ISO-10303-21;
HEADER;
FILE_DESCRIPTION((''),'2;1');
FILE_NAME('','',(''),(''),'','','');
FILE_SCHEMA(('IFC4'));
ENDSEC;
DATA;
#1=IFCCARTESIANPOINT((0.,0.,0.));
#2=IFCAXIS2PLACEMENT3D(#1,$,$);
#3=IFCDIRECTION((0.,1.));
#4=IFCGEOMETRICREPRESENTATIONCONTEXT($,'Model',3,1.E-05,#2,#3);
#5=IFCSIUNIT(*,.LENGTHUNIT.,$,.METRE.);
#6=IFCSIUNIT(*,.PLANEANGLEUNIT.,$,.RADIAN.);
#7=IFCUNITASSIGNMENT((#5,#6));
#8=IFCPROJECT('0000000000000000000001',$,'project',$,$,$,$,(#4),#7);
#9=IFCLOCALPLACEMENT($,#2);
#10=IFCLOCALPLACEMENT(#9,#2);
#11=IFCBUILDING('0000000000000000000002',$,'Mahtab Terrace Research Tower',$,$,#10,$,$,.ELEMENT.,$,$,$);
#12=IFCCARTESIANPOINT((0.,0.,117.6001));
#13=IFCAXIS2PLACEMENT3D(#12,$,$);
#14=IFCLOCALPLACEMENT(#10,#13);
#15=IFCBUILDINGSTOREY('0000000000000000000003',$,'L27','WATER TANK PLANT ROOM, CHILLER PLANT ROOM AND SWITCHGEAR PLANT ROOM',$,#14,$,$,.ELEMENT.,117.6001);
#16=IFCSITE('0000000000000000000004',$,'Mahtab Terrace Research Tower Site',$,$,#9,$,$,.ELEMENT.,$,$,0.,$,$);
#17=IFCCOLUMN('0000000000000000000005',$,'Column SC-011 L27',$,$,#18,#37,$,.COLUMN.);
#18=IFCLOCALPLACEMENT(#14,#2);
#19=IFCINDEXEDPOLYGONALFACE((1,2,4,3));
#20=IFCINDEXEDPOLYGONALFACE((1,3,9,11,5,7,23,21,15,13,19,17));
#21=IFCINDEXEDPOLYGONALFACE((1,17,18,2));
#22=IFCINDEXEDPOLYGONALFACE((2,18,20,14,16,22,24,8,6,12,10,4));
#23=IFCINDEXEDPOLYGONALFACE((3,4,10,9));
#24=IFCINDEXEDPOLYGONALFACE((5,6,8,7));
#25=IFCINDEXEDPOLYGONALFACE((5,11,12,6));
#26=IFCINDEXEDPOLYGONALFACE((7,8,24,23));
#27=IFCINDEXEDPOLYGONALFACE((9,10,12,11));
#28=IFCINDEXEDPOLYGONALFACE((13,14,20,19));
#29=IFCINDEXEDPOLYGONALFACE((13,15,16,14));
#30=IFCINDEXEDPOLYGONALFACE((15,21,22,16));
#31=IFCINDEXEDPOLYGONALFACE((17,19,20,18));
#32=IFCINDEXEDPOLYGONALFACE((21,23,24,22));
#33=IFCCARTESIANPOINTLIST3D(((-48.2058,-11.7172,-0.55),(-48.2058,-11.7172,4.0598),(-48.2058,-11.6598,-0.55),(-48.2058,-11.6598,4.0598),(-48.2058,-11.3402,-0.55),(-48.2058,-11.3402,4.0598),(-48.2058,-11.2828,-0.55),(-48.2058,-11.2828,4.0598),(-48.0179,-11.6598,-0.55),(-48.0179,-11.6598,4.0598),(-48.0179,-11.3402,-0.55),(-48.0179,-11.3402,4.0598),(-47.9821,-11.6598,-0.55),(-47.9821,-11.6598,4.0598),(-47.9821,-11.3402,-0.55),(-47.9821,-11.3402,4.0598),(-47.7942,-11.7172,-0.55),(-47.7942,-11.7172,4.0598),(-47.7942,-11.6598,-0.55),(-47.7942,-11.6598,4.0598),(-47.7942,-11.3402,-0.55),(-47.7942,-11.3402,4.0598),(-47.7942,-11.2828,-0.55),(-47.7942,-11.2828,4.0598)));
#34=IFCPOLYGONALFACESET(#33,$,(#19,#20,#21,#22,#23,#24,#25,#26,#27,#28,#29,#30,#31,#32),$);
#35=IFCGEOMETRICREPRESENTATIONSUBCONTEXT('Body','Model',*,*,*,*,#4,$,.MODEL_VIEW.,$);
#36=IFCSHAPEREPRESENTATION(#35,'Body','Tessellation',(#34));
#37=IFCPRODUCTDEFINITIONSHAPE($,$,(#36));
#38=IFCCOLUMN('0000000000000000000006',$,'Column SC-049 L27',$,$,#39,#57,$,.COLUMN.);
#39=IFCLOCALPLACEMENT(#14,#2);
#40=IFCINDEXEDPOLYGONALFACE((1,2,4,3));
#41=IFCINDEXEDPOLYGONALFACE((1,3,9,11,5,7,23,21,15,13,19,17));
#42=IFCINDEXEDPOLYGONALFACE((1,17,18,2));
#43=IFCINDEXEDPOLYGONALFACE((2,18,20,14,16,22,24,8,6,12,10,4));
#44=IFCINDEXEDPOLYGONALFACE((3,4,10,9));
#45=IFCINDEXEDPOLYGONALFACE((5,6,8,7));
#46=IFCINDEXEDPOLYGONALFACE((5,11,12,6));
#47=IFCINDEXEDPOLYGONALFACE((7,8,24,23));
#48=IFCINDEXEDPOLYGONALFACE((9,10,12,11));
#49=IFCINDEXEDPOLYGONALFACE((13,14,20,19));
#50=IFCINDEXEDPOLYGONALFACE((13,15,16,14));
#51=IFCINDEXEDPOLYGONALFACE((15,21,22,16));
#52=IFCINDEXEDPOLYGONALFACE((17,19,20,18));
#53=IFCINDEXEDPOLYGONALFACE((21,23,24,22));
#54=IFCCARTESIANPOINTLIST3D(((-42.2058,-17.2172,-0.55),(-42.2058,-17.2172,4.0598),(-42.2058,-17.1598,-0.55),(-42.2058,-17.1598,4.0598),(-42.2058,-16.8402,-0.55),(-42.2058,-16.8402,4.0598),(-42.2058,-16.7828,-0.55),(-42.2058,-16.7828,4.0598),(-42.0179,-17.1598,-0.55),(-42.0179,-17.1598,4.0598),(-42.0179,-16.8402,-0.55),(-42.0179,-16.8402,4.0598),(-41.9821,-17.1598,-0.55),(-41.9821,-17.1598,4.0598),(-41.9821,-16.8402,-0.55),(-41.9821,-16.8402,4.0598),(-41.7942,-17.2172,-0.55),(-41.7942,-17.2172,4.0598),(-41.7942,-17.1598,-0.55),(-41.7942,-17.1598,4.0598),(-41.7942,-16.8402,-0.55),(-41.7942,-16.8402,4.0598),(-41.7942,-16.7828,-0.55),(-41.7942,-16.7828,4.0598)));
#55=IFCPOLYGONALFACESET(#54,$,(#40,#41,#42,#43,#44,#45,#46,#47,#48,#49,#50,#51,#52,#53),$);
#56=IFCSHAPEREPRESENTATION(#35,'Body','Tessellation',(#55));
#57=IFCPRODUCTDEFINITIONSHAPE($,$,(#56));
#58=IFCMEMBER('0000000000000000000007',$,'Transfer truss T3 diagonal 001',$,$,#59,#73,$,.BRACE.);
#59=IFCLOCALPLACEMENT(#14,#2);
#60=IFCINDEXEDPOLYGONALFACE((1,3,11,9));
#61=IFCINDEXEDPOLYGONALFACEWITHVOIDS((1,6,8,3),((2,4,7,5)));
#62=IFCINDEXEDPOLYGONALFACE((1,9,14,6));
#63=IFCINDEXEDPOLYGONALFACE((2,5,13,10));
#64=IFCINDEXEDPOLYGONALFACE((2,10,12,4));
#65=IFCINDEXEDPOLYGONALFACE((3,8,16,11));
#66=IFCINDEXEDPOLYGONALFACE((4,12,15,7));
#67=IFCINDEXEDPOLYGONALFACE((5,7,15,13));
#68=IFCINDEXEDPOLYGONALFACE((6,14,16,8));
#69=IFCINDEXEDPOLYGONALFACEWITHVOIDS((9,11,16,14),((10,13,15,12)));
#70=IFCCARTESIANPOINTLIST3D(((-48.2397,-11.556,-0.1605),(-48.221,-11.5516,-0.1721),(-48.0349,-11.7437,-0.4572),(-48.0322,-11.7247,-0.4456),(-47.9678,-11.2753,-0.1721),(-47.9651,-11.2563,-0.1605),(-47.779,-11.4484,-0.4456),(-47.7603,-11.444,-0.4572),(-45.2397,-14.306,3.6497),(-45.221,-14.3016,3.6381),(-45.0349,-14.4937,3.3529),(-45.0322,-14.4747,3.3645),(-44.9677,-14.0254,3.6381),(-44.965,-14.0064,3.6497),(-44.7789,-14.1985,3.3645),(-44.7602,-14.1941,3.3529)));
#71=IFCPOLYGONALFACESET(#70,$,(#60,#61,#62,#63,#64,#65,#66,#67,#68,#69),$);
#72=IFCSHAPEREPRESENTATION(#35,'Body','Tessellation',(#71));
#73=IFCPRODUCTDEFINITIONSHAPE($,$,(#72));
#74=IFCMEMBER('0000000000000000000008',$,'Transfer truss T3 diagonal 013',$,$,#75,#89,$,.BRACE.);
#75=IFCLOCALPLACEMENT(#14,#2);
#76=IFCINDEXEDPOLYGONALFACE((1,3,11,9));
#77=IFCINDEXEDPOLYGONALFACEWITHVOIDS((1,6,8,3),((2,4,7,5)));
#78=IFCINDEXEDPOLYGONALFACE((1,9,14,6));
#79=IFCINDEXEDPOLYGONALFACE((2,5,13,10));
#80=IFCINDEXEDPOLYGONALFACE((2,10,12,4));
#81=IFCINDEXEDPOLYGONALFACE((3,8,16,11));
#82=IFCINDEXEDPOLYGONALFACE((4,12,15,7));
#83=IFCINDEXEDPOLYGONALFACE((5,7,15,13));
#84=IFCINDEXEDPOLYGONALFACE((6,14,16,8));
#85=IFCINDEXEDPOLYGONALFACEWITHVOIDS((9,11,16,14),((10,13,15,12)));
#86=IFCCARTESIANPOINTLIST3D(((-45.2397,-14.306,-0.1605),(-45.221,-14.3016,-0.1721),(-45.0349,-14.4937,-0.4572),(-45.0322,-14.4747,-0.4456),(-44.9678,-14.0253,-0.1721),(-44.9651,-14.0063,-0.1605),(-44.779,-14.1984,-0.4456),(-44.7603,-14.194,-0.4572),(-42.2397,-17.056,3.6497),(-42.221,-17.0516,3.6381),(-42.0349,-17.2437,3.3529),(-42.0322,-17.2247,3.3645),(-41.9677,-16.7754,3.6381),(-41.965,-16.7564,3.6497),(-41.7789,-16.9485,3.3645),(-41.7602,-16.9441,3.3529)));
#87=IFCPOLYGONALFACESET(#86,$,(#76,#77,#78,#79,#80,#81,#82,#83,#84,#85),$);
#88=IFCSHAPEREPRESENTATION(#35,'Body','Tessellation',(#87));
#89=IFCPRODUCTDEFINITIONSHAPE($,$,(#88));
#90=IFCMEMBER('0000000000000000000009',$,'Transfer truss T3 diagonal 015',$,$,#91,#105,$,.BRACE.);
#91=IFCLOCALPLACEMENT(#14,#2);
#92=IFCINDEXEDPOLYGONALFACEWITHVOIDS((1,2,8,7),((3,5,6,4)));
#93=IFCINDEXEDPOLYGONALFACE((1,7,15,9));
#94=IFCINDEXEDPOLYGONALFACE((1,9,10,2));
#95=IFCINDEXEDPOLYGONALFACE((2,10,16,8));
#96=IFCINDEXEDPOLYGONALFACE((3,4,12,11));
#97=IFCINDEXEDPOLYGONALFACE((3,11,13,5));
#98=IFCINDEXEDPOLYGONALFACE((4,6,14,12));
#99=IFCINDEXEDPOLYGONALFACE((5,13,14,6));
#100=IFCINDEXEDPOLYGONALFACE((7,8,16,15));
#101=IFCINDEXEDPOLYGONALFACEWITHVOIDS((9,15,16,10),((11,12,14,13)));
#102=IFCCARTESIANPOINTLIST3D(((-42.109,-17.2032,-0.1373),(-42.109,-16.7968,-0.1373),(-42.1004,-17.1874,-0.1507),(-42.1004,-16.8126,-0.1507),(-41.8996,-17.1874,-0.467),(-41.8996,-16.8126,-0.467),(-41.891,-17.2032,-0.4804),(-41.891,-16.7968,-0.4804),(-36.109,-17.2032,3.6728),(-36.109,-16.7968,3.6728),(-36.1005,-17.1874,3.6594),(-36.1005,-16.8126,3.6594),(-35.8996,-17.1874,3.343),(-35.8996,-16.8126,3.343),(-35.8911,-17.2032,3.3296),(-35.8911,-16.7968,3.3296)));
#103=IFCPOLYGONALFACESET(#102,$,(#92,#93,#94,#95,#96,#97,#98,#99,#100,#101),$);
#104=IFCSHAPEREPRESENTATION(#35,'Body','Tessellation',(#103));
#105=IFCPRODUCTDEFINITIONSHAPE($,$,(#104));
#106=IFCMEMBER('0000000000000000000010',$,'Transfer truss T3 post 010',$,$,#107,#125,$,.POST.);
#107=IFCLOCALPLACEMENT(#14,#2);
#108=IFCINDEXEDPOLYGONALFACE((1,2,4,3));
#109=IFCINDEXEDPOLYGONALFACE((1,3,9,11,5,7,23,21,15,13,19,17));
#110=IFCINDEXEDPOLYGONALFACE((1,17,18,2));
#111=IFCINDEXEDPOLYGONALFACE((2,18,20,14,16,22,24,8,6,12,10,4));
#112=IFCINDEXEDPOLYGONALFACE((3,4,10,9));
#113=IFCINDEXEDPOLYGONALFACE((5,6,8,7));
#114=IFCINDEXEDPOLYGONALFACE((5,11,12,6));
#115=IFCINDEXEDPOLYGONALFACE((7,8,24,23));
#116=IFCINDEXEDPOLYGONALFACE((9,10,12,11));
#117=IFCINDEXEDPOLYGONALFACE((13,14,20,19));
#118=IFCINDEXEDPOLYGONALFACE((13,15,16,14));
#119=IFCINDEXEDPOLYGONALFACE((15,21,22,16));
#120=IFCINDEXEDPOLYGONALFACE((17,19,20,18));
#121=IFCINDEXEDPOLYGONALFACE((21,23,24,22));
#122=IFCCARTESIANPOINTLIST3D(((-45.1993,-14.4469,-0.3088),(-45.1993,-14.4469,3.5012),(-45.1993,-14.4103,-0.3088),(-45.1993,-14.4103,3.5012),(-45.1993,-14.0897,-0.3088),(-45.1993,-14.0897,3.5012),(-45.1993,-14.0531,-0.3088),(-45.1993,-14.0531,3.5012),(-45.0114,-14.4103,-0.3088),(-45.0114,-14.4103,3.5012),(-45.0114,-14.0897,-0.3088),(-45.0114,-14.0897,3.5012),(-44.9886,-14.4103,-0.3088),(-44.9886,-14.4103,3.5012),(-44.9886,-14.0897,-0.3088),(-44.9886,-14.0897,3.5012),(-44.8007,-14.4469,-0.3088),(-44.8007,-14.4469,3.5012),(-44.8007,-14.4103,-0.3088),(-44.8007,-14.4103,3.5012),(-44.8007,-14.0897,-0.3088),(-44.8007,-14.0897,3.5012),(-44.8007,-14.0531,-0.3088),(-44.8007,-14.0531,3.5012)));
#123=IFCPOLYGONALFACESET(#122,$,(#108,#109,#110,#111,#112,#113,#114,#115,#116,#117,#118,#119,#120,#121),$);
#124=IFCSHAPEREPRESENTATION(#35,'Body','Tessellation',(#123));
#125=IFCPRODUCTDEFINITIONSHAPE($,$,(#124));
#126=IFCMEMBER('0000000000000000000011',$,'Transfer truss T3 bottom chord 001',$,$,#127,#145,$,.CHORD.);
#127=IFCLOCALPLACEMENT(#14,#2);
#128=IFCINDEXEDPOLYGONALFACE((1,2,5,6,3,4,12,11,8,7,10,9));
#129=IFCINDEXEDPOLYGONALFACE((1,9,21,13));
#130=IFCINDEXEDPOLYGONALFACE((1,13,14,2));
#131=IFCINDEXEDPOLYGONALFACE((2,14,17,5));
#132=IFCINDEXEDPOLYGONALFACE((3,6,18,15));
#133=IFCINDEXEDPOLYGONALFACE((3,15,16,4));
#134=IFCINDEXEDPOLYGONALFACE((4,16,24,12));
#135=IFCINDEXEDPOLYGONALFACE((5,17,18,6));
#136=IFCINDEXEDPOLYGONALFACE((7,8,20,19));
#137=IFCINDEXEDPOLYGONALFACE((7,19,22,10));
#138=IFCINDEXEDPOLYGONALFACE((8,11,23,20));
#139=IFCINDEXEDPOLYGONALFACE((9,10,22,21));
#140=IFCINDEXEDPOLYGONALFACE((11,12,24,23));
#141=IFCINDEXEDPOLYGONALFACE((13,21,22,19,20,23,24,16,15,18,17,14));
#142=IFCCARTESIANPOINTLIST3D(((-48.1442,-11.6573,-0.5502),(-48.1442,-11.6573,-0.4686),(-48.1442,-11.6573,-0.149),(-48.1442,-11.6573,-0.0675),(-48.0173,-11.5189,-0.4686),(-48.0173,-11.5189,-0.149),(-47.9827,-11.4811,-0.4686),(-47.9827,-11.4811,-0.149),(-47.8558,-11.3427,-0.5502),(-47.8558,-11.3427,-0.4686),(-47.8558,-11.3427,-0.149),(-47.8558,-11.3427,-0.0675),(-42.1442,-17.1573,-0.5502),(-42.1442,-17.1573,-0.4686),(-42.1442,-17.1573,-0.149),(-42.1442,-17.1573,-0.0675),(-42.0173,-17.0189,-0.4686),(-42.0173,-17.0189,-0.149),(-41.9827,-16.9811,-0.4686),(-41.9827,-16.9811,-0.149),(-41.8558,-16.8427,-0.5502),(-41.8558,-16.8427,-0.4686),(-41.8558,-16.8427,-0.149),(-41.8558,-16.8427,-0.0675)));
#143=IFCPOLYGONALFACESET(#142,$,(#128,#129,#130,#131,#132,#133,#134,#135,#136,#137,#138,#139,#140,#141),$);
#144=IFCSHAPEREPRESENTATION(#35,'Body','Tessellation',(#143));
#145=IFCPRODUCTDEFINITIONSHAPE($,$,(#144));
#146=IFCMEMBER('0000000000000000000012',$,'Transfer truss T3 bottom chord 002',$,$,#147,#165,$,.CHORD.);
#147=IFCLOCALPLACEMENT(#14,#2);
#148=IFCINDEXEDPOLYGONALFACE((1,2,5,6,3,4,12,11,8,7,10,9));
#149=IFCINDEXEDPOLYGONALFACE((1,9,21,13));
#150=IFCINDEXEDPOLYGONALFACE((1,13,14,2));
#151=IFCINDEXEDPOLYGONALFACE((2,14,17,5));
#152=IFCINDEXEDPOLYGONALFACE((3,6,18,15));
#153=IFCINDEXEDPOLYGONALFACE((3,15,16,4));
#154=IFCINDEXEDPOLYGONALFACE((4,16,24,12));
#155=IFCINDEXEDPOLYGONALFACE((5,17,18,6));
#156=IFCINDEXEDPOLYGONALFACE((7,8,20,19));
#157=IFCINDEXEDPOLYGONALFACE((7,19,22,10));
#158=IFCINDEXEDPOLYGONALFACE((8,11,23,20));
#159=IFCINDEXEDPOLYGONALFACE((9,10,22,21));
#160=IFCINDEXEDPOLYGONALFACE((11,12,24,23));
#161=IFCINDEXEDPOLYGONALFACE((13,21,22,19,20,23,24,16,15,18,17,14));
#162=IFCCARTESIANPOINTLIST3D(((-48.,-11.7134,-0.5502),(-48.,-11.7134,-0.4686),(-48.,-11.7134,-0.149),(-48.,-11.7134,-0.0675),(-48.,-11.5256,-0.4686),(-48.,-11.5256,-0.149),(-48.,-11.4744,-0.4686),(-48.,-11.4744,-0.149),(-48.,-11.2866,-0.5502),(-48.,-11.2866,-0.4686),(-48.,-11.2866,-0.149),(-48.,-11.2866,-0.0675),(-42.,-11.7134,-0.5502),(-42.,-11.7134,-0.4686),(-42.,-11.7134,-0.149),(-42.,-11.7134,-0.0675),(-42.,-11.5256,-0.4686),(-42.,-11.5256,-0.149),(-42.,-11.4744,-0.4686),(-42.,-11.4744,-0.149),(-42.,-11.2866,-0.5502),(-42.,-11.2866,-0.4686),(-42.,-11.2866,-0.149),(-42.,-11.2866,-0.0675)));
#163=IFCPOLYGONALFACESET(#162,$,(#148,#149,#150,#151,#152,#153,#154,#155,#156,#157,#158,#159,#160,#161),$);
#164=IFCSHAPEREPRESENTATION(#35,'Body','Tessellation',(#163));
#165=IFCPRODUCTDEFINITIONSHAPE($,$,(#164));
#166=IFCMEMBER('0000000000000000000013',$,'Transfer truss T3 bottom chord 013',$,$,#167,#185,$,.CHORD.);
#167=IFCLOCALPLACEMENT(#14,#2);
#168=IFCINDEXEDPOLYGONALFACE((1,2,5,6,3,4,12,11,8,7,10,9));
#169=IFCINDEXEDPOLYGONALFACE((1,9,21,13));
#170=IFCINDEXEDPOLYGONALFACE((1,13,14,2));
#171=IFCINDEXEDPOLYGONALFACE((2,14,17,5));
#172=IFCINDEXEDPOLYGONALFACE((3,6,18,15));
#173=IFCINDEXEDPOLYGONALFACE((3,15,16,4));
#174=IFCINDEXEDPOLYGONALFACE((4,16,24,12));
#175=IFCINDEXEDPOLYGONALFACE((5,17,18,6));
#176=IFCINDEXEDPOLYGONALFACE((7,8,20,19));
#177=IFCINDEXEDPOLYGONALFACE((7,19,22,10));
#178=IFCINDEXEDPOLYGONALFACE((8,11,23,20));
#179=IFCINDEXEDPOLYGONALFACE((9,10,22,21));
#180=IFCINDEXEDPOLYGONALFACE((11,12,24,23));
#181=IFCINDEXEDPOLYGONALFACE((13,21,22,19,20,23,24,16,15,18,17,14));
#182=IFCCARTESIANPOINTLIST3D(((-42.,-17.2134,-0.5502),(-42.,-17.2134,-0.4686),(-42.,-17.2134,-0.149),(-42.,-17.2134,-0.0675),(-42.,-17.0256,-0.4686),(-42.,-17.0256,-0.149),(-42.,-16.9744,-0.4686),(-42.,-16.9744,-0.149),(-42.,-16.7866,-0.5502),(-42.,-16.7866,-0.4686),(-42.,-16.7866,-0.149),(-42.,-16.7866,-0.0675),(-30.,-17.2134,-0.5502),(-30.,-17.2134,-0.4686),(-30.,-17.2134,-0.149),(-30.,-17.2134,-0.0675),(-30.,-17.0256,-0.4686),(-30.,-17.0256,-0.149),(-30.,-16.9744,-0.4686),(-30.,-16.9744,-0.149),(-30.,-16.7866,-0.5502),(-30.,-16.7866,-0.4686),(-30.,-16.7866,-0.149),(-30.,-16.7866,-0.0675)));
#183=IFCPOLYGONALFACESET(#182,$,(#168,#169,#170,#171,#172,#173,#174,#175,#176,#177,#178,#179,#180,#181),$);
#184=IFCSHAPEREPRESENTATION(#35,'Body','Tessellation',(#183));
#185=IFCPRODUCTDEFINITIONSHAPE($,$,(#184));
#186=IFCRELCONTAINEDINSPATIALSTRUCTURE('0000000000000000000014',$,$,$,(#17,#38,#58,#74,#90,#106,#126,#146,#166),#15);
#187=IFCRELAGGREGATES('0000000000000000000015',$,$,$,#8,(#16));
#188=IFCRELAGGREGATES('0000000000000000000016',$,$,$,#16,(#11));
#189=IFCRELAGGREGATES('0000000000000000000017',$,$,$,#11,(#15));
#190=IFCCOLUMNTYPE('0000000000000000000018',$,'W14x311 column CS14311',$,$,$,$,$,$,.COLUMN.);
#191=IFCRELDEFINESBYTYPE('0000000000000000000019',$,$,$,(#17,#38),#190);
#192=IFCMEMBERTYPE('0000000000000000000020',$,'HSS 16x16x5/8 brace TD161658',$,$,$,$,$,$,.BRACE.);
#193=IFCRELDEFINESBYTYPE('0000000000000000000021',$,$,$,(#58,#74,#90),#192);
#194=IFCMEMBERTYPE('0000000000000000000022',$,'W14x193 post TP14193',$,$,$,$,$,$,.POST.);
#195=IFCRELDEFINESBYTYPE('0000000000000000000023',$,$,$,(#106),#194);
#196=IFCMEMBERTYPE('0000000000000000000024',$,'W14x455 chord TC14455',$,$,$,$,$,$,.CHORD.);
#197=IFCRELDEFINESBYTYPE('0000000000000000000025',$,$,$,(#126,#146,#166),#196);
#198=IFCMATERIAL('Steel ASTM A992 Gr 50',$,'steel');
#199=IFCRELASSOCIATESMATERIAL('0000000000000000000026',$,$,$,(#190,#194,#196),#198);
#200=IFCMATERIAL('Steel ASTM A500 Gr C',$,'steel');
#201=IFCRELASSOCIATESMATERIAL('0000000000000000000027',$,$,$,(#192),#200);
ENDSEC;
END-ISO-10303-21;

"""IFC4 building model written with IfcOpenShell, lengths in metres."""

from ifc_helpers import new_model, si_unit, direction, frame, origin, origin_2d, place, context, subcontext, project, spatial, hollow_rectangle, i_section, extrude, material, material_profile, profile_set, type_object, element, save


model = new_model("IFC4")

# Units and contexts
model_context = context("Model", 3, precision=1e-05, world=origin(), true_north=direction((0.0, 1.0)))
body_context = subcontext(model_context, "Body", "Model", "MODEL_VIEW")
ifc_project = project(units=[si_unit("LENGTHUNIT", "METRE"), si_unit("PLANEANGLEUNIT", "RADIAN")], contexts=[model_context])

# Site, building, storey
site_placement = place(None, origin())
site = spatial("IfcSite", under=ifc_project, at=site_placement, Name="Mahtab Terrace Research Tower Site", CompositionType="ELEMENT", RefElevation=0.0)
building_placement = place(site_placement, origin())
building = spatial("IfcBuilding", under=site, at=building_placement, Name="Mahtab Terrace Research Tower", CompositionType="ELEMENT")
storey_placement = place(building_placement, frame((0.0, 0.0, 117.6001)))
storey = spatial("IfcBuildingStorey", under=building, at=storey_placement, Name="L27", Description="WATER TANK PLANT ROOM, CHILLER PLANT ROOM AND SWITCHGEAR PLANT ROOM", CompositionType="ELEMENT", Elevation=117.6001)

# Columns
ifc_material_1 = material(Name="Steel ASTM A992 Gr 50", Category="steel")
ifc_material_profile_1 = material_profile(ifc_material_1, i_section(OverallWidth=0.4116, OverallDepth=0.4343, WebThickness=0.0359, FlangeThickness=0.0574, at=origin_2d()), Name="W14X311")
ifc_profile_set_1 = profile_set([ifc_material_profile_1], Name="Steel ASTM A992 Gr 50")
column_type = type_object("IfcColumnType", Name="W14x311 column CS14311", PredefinedType="COLUMN", material=ifc_profile_set_1)
for number, where, z_axis, x_axis, name in (
    (1, (-48.0, -11.5, -0.55), (0.0, 0.0, 1.0), (1.0, 0.0, 0.0), "Column SC-011 L27"),
    (2, (-42.0, -17.0, -0.55), (0.0, 0.0, 1.0), (1.0, 0.0, 0.0), "Column SC-049 L27"),
):
    element("IfcColumn", number, at=place(storey_placement, frame(where, z_axis=z_axis, x_axis=x_axis)), inside=storey, type_object=column_type, Name=name, PredefinedType="COLUMN", context=body_context, shape_type="SweptSolid", body=[
        extrude(i_section(OverallWidth=0.4116, OverallDepth=0.4343, WebThickness=0.0359, FlangeThickness=0.0574, at=origin_2d()), origin(), (0.0, 0.0, 1.0), 4.6099),
    ])

# Members
ifc_material_2 = material(Name="Steel ASTM A500 Gr C", Category="steel")
ifc_material_profile_2 = material_profile(ifc_material_2, hollow_rectangle(XDim=0.4065, YDim=0.4065, WallThickness=0.0159, at=origin_2d()), Name="HSS16X16X5/8")
ifc_profile_set_2 = profile_set([ifc_material_profile_2], Name="Steel ASTM A500 Gr C")
member_type_1 = type_object("IfcMemberType", Name="HSS 16x16x5/8 brace TD161658", PredefinedType="BRACE", material=ifc_profile_set_2)
for number, where, z_axis, x_axis, name in (
    (3, (-48.0, -11.5, -0.3088), (0.53813, -0.493286, 0.683436), (0.675725, 0.737154, 0.0), "Transfer truss T3 diagonal 001"),
    (4, (-45.0, -14.25, -0.3088), (0.53813, -0.493286, 0.683436), (0.675725, 0.737154, 0.0), "Transfer truss T3 diagonal 013"),
):
    element("IfcMember", number, at=place(storey_placement, frame(where, z_axis=z_axis, x_axis=x_axis)), inside=storey, type_object=member_type_1, Name=name, PredefinedType="BRACE", context=body_context, shape_type="SweptSolid", body=[
        extrude(hollow_rectangle(XDim=0.4065, YDim=0.4065, WallThickness=0.0159, at=origin_2d()), origin(), (0.0, 0.0, 1.0), 5.575),
    ])
member_1_placement = place(storey_placement, frame((-42.0, -17.0, -0.3088), z_axis=(0.844179, 0.0, 0.536062), x_axis=(0.0, 1.0, 0.0)))
element("IfcMember", 5, at=member_1_placement, inside=storey, type_object=member_type_1, Name="Transfer truss T3 diagonal 015", PredefinedType="BRACE", context=body_context, shape_type="SweptSolid", body=[
    extrude(hollow_rectangle(XDim=0.4065, YDim=0.4065, WallThickness=0.0159, at=origin_2d()), origin(), (0.0, 0.0, 1.0), 7.1074),
])
ifc_material_profile_3 = material_profile(ifc_material_1, i_section(OverallWidth=0.3987, OverallDepth=0.3938, WebThickness=0.0227, FlangeThickness=0.0366, at=origin_2d()), Name="W14X193")
ifc_profile_set_3 = profile_set([ifc_material_profile_3], Name="Steel ASTM A992 Gr 50")
member_type_2 = type_object("IfcMemberType", Name="W14x193 post TP14193", PredefinedType="POST", material=ifc_profile_set_3)
member_2_placement = place(storey_placement, frame((-45.0, -14.25, -0.3088), z_axis=(0.0, 0.0, 1.0), x_axis=(1.0, 0.0, 0.0)))
element("IfcMember", 6, at=member_2_placement, inside=storey, type_object=member_type_2, Name="Transfer truss T3 post 010", PredefinedType="POST", context=body_context, shape_type="SweptSolid", body=[
    extrude(i_section(OverallWidth=0.3987, OverallDepth=0.3938, WebThickness=0.0227, FlangeThickness=0.0366, at=origin_2d()), origin(), (0.0, 0.0, 1.0), 3.8101),
])
ifc_material_profile_4 = material_profile(ifc_material_1, i_section(OverallWidth=0.4268, OverallDepth=0.4827, WebThickness=0.0513, FlangeThickness=0.0815, at=origin_2d()), Name="W14X455")
ifc_profile_set_4 = profile_set([ifc_material_profile_4], Name="Steel ASTM A992 Gr 50")
member_type_3 = type_object("IfcMemberType", Name="W14x455 chord TC14455", PredefinedType="CHORD", material=ifc_profile_set_4)
member_3_placement = place(storey_placement, frame((-48.0, -11.5, -0.3088), z_axis=(0.737154, -0.675725, 0.0), x_axis=(0.675725, 0.737154, 0.0)))
element("IfcMember", 7, at=member_3_placement, inside=storey, type_object=member_type_3, Name="Transfer truss T3 bottom chord 001", PredefinedType="CHORD", context=body_context, shape_type="SweptSolid", body=[
    extrude(i_section(OverallWidth=0.4268, OverallDepth=0.4827, WebThickness=0.0513, FlangeThickness=0.0815, at=origin_2d()), origin(), (0.0, 0.0, 1.0), 8.1394),
])
member_4_placement = place(storey_placement, frame((-48.0, -11.5, -0.3088), z_axis=(1.0, 0.0, 0.0), x_axis=(0.0, 1.0, 0.0)))
element("IfcMember", 8, at=member_4_placement, inside=storey, type_object=member_type_3, Name="Transfer truss T3 bottom chord 002", PredefinedType="CHORD", context=body_context, shape_type="SweptSolid", body=[
    extrude(i_section(OverallWidth=0.4268, OverallDepth=0.4827, WebThickness=0.0513, FlangeThickness=0.0815, at=origin_2d()), origin(), (0.0, 0.0, 1.0), 6.0),
])
member_5_placement = place(storey_placement, frame((-42.0, -17.0, -0.3088), z_axis=(1.0, 0.0, 0.0), x_axis=(0.0, 1.0, 0.0)))
element("IfcMember", 9, at=member_5_placement, inside=storey, type_object=member_type_3, Name="Transfer truss T3 bottom chord 013", PredefinedType="CHORD", context=body_context, shape_type="SweptSolid", body=[
    extrude(i_section(OverallWidth=0.4268, OverallDepth=0.4827, WebThickness=0.0513, FlangeThickness=0.0815, at=origin_2d()), origin(), (0.0, 0.0, 1.0), 12.0),
])

save(model, "model.ifc")
